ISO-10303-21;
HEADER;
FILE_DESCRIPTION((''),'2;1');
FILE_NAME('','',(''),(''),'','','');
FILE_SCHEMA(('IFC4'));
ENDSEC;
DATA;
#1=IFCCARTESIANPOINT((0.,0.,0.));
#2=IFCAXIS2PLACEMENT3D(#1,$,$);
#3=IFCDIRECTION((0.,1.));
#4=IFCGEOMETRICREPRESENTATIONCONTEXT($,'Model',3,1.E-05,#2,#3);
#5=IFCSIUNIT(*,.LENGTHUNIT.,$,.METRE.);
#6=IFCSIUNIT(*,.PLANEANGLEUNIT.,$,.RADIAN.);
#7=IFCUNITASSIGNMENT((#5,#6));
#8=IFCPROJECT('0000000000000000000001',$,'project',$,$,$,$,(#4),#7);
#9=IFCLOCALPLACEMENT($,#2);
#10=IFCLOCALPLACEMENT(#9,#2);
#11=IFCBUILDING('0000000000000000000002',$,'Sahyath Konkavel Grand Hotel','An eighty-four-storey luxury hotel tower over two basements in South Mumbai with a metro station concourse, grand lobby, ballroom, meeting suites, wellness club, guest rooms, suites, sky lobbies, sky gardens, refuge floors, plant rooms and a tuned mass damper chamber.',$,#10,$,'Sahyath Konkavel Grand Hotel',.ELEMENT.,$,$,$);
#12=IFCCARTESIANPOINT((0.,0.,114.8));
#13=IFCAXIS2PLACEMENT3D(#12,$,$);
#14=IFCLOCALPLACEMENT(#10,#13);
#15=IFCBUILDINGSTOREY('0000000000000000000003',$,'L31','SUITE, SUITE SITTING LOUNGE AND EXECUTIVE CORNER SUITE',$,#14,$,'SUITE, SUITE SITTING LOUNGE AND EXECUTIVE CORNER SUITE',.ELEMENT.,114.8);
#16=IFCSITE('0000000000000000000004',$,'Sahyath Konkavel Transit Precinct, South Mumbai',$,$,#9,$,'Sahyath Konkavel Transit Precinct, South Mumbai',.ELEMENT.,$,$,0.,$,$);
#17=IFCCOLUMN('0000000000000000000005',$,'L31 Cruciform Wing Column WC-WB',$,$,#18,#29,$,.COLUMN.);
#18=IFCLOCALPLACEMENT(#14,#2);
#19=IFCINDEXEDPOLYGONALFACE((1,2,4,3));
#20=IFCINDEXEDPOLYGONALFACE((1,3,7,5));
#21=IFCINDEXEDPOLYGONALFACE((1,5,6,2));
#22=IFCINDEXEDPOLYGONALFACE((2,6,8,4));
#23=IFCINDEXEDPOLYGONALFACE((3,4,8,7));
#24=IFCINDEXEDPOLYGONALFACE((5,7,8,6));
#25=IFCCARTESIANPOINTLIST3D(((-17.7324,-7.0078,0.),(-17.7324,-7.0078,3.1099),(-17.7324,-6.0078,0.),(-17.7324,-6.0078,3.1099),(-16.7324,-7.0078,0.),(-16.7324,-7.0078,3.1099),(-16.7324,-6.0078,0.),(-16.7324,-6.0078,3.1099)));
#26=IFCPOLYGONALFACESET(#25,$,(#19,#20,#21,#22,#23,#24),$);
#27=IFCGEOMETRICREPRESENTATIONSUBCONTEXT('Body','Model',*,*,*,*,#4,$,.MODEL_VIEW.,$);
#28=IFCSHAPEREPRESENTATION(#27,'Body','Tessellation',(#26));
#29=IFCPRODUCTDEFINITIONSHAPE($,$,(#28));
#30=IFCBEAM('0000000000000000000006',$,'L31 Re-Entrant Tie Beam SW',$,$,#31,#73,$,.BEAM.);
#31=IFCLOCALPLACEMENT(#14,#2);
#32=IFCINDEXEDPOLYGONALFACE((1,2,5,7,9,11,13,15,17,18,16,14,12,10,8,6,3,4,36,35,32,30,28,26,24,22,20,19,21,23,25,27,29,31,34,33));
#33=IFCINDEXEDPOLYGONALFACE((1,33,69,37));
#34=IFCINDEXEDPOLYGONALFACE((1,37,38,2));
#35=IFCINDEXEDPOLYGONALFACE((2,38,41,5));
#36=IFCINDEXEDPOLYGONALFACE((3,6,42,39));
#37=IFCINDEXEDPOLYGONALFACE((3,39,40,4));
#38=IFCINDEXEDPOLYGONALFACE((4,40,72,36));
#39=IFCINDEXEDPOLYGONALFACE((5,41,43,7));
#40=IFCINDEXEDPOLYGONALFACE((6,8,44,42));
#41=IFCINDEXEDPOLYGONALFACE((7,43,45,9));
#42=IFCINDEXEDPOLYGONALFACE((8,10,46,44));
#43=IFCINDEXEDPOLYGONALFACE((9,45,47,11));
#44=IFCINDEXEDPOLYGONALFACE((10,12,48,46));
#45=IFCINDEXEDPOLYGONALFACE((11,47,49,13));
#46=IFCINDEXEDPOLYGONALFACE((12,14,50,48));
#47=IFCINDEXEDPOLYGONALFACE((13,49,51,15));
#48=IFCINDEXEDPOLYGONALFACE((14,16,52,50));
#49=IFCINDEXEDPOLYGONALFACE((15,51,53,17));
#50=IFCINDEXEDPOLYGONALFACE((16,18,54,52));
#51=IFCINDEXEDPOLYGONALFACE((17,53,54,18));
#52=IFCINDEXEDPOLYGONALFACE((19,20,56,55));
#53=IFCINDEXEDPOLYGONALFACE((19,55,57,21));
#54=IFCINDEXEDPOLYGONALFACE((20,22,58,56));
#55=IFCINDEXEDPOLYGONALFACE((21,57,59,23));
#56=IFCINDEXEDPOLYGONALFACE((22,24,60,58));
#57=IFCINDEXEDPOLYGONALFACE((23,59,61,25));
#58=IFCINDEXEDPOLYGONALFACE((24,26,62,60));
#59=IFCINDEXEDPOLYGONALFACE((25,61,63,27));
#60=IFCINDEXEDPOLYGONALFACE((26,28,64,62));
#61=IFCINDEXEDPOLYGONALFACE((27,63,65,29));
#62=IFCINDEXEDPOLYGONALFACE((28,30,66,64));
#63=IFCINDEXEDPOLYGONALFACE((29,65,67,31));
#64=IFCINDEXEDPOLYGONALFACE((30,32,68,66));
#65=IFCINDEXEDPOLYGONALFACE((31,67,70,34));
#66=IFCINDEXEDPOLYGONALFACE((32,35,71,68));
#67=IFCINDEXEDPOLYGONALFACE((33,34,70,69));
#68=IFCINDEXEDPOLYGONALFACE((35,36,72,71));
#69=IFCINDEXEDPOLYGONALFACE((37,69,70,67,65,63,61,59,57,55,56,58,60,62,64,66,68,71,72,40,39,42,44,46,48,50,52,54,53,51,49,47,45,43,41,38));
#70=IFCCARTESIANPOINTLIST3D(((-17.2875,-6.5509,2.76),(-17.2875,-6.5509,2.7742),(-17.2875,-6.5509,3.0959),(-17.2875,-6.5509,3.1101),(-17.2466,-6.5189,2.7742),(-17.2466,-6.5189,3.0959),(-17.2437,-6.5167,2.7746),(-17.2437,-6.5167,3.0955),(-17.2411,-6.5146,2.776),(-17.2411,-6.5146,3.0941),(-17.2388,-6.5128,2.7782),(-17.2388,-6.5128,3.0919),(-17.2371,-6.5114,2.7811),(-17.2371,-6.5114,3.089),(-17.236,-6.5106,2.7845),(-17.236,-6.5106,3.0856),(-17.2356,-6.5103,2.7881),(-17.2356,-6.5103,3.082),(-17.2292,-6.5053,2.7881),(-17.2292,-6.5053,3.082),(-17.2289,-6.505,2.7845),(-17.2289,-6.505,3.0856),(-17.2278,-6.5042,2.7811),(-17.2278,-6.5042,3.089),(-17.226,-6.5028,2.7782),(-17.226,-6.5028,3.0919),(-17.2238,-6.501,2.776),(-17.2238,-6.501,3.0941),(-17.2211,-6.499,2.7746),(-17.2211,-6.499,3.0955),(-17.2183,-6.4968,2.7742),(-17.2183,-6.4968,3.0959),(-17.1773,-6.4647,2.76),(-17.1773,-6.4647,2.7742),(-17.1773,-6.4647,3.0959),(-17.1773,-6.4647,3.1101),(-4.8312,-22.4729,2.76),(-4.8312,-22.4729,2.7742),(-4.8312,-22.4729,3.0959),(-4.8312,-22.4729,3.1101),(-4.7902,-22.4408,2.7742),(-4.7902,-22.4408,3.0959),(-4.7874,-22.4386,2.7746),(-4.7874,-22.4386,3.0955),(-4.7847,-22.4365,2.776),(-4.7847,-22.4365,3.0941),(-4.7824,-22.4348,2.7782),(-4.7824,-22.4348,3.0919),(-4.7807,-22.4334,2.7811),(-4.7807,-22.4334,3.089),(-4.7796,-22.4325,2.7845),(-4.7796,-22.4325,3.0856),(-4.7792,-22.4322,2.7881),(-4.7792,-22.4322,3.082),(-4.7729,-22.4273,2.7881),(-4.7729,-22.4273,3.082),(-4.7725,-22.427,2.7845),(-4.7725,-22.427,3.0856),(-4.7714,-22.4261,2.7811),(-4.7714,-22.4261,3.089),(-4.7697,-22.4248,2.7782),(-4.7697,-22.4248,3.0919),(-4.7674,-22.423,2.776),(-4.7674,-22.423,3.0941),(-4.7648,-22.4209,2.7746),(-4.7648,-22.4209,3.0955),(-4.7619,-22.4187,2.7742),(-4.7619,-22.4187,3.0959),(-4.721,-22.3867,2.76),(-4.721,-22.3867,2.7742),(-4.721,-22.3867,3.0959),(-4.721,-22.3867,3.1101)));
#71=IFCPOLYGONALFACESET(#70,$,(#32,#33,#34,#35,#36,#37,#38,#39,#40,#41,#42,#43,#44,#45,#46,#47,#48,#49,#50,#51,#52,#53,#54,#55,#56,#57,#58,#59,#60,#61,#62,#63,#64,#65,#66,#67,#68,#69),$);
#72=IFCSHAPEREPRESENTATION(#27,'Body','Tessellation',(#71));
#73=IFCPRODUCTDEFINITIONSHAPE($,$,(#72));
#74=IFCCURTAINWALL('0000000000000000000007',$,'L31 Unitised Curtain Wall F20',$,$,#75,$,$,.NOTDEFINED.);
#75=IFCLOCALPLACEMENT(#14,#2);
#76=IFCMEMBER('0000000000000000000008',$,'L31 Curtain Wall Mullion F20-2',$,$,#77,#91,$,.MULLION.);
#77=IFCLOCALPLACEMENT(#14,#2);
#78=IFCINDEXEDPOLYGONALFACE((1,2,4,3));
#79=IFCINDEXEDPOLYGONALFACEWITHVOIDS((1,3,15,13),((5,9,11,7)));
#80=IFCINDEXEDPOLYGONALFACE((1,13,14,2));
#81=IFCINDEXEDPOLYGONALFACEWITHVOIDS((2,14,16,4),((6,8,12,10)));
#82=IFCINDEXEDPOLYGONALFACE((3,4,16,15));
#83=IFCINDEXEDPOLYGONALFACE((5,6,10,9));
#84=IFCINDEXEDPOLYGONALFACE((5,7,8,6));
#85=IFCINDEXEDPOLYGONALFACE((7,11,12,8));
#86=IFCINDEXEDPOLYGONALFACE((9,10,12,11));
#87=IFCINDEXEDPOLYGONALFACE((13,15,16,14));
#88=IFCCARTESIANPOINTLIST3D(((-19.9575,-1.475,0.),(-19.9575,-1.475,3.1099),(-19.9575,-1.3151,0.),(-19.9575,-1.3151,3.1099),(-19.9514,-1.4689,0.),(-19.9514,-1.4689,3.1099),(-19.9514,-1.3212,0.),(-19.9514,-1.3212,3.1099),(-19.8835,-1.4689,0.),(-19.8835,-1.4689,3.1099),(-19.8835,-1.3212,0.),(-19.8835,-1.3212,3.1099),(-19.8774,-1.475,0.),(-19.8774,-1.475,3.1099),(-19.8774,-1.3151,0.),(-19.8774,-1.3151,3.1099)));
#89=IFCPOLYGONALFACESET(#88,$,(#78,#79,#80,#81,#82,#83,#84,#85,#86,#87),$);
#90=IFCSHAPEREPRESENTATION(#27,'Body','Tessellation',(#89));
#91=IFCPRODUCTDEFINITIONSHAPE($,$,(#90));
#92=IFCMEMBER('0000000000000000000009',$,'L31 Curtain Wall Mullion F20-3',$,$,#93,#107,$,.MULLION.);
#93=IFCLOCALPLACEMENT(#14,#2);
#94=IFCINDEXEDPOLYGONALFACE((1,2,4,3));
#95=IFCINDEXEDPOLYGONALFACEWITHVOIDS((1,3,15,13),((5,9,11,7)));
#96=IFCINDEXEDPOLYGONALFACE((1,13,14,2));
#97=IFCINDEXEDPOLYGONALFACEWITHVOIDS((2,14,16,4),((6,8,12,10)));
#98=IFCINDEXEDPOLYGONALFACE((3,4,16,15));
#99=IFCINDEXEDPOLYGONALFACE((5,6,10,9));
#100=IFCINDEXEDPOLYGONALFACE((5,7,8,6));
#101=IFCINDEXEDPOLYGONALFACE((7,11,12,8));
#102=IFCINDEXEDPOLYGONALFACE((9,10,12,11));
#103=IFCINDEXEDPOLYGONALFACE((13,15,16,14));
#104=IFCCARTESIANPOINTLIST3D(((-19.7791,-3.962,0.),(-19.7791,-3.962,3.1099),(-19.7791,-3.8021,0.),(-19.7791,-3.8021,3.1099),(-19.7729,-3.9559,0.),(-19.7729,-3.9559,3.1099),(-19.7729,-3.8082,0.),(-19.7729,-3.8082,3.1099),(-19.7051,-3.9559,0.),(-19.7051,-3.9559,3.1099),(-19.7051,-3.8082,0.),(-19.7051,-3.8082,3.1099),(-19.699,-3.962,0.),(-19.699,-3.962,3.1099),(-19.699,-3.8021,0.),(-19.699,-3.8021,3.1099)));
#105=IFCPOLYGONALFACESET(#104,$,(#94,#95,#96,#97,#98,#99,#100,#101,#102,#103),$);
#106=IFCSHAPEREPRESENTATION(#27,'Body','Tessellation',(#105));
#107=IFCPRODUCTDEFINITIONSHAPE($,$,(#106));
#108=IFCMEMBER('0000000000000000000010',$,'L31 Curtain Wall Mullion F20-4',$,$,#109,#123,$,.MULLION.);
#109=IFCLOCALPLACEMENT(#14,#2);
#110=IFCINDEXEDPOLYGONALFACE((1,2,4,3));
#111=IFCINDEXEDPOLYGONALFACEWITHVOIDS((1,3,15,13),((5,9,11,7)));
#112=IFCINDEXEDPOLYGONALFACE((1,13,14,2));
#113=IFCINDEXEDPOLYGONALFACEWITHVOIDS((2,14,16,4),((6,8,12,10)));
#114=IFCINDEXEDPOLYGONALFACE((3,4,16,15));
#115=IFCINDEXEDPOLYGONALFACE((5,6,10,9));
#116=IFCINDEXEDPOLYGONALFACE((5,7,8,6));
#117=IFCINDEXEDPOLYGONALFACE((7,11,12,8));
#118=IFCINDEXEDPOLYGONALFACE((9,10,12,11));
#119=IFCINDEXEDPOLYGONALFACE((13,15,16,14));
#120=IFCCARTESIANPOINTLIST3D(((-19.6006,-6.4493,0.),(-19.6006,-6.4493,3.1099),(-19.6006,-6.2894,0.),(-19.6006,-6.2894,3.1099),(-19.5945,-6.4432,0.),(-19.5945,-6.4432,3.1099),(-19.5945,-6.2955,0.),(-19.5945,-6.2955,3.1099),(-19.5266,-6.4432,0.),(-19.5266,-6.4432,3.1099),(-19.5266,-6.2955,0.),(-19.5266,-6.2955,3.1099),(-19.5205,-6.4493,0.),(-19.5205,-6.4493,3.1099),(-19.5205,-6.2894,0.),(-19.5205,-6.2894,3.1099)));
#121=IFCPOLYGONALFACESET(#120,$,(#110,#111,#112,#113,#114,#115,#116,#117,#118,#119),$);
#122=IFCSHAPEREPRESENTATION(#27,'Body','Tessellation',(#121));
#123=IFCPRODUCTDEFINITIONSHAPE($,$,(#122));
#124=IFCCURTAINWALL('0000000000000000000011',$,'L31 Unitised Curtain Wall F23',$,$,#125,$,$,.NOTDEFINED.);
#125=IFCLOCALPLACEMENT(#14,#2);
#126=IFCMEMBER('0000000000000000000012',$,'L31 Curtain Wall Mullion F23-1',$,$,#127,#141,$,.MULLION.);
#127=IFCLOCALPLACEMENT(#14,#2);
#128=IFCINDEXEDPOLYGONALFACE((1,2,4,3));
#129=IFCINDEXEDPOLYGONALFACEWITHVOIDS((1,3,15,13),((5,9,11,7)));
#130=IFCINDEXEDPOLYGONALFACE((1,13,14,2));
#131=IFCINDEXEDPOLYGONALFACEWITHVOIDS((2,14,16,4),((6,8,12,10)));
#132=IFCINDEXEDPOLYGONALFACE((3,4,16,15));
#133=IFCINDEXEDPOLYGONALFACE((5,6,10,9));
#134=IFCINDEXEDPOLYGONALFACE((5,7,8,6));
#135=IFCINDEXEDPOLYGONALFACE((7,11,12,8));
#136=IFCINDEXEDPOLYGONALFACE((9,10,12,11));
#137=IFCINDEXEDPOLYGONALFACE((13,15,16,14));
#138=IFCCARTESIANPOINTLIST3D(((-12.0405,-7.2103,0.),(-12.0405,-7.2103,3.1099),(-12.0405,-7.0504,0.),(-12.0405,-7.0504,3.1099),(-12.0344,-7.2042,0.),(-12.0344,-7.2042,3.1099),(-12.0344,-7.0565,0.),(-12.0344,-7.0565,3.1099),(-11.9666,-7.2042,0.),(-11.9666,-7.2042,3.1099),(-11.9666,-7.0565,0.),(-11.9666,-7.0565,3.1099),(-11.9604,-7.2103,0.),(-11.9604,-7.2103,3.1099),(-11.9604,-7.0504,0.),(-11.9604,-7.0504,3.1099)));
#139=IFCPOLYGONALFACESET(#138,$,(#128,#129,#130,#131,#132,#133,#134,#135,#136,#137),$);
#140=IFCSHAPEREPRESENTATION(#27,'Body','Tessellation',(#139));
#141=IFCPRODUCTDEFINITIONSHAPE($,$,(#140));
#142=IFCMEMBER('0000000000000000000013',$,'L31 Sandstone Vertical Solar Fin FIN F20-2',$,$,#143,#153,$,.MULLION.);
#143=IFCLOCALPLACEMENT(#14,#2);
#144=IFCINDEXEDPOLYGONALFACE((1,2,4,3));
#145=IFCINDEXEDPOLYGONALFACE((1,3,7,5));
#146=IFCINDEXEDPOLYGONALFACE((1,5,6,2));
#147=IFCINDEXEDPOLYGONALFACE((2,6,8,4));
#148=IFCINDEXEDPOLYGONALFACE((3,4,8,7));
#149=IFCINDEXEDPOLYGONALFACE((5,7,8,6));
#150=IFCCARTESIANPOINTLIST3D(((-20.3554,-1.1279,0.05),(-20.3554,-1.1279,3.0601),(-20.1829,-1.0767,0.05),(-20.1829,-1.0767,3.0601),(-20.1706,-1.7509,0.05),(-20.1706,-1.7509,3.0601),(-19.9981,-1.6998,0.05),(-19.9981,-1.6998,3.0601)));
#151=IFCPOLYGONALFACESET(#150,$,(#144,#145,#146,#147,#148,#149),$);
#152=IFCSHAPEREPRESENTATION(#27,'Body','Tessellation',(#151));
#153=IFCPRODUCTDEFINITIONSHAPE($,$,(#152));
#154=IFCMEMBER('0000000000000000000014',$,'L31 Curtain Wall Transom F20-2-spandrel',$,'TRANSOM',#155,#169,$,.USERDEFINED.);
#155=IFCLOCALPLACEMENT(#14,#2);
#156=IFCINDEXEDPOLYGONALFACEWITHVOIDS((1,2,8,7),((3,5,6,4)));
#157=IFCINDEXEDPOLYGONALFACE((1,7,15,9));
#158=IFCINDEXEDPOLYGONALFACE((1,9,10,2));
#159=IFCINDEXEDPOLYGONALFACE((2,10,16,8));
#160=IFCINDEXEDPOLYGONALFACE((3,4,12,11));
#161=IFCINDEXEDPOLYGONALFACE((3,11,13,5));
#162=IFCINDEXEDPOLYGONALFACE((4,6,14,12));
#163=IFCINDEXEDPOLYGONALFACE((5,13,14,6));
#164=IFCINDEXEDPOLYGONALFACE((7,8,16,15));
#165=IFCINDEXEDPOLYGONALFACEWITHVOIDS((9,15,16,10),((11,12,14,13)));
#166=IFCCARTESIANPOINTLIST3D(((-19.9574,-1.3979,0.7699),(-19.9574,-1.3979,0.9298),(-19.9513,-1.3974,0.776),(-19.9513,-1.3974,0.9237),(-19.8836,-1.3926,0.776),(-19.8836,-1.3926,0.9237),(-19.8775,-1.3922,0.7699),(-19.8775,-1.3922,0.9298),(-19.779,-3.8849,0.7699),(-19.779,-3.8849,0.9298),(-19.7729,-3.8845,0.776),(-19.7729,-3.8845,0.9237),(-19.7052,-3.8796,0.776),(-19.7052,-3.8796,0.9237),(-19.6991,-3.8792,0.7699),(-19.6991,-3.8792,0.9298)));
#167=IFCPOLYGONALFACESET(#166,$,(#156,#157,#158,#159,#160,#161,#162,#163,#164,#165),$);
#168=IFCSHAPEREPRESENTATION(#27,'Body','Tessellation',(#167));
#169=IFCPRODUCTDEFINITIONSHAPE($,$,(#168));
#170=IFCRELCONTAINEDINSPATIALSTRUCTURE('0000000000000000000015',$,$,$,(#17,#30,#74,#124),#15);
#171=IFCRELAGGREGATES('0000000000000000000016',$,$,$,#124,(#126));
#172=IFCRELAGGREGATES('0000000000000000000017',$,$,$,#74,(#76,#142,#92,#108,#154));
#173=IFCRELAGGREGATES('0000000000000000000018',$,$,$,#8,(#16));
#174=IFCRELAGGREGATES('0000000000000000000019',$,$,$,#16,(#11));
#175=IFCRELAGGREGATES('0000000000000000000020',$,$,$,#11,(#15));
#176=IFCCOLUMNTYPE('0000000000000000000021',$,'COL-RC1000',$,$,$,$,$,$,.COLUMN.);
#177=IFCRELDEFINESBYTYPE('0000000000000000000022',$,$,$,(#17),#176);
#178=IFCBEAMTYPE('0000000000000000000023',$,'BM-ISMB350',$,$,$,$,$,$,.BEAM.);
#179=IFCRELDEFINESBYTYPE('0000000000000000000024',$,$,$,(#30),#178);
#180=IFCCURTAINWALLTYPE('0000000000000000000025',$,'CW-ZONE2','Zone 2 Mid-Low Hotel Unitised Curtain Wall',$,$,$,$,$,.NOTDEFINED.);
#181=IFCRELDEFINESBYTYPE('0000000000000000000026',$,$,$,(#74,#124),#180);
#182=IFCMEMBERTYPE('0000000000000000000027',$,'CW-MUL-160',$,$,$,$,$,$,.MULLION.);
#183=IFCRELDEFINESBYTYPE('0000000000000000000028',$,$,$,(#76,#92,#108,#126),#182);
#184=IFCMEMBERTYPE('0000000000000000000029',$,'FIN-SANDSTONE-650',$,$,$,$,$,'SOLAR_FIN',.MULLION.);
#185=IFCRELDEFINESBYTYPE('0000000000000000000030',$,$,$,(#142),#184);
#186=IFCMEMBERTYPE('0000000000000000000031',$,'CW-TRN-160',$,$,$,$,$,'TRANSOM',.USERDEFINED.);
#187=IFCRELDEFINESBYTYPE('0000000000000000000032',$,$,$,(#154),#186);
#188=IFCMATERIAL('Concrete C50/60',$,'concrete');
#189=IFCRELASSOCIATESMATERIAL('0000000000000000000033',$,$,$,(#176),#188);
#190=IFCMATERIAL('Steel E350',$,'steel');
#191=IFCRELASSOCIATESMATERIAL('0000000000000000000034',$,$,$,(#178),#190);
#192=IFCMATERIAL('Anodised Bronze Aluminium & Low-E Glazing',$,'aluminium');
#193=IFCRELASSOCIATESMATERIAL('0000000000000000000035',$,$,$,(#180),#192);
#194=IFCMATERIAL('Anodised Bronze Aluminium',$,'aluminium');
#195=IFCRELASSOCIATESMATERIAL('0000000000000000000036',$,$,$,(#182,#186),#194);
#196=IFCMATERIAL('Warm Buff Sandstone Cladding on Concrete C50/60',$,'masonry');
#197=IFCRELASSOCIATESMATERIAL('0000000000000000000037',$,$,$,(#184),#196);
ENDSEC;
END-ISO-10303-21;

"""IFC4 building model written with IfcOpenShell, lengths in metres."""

from ifc_helpers import new_model, si_unit, direction, frame, origin, origin_2d, place, context, subcontext, project, spatial, rectangle, hollow_rectangle, i_section, extrude, source, transform, mapped, material, material_profile, profile_set, type_object, element, aggregate, save


model = new_model("IFC4")

# Units and contexts
model_context = context("Model", 3, precision=1e-05, world=origin(), true_north=direction((0.0, 1.0)))
body_context = subcontext(model_context, "Body", "Model", "MODEL_VIEW")
ifc_project = project(units=[si_unit("LENGTHUNIT", "METRE"), si_unit("PLANEANGLEUNIT", "RADIAN")], contexts=[model_context])

# Site, building, storey
site_placement = place(None, origin())
site = spatial("IfcSite", under=ifc_project, at=site_placement, Name="Sahyath Konkavel Transit Precinct, South Mumbai", LongName="Sahyath Konkavel Transit Precinct, South Mumbai", CompositionType="ELEMENT", RefElevation=0.0)
building_placement = place(site_placement, origin())
building = spatial("IfcBuilding", under=site, at=building_placement, Name="Sahyath Konkavel Grand Hotel", Description="An eighty-four-storey luxury hotel tower over two basements in South Mumbai with a metro station concourse, grand lobby, ballroom, meeting suites, wellness club, guest rooms, suites, sky lobbies, sky gardens, refuge floors, plant rooms and a tuned mass damper chamber.", LongName="Sahyath Konkavel Grand Hotel", CompositionType="ELEMENT")
storey_placement = place(building_placement, frame((0.0, 0.0, 114.8)))
storey = spatial("IfcBuildingStorey", under=building, at=storey_placement, Name="L31", Description="SUITE, SUITE SITTING LOUNGE AND EXECUTIVE CORNER SUITE", LongName="SUITE, SUITE SITTING LOUNGE AND EXECUTIVE CORNER SUITE", CompositionType="ELEMENT", Elevation=114.8)

# Column
ifc_material_1 = material(Name="Concrete C50/60", Category="concrete")
ifc_material_profile_1 = material_profile(ifc_material_1, rectangle(XDim=1.0, YDim=1.0, at=origin_2d()), Name="RC 1000x1000")
ifc_profile_set_1 = profile_set([ifc_material_profile_1], Name="Concrete C50/60")
column_type = type_object("IfcColumnType", Name="COL-RC1000", PredefinedType="COLUMN", material=ifc_profile_set_1)
shared_shape_1 = source(origin(), body_context, "Body", "SweptSolid", [
    extrude(rectangle(XDim=1.0, YDim=1.0, at=origin_2d()), origin(), (0.0, 0.0, 1.0), 3.1099),
])
column_placement = place(storey_placement, frame((-17.2324, -6.5078, 0.0), z_axis=(0.0, 0.0, 1.0), x_axis=(1.0, 0.0, 0.0)))
element("IfcColumn", 1, at=column_placement, inside=storey, type_object=column_type, Name="L31 Cruciform Wing Column WC-WB", PredefinedType="COLUMN", context=body_context, shape_type="MappedRepresentation", body=[
    mapped(shared_shape_1, transform((0.0, 0.0, 0.0), scale=1.0)),
])

# Beam
ifc_material_2 = material(Name="Steel E350", Category="steel")
ifc_material_profile_2 = material_profile(ifc_material_2, i_section(OverallWidth=0.1399, OverallDepth=0.3501, WebThickness=0.0081, FlangeThickness=0.0142, FilletRadius=0.0139, at=origin_2d()), Name="ISMB 350")
ifc_profile_set_2 = profile_set([ifc_material_profile_2], Name="Steel E350")
beam_type_1 = type_object("IfcBeamType", Name="BM-ISMB350", PredefinedType="BEAM", material=ifc_profile_set_2)
shared_shape_2 = source(origin(), body_context, "Body", "SweptSolid", [
    extrude(i_section(OverallWidth=0.1399, OverallDepth=0.3501, WebThickness=0.0081, FlangeThickness=0.0142, FilletRadius=0.0139, at=origin_2d()), origin(), (0.0, 0.0, 1.0), 20.2156),
])
beam_1_placement = place(storey_placement, frame((-17.2324, -6.5078, 2.9351), z_axis=(0.616176, -0.787608, 0.0), x_axis=(0.787608, 0.616176, 0.0)))
element("IfcBeam", 2, at=beam_1_placement, inside=storey, type_object=beam_type_1, Name="L31 Re-Entrant Tie Beam SW", PredefinedType="BEAM", context=body_context, shape_type="MappedRepresentation", body=[
    mapped(shared_shape_2, transform((0.0, 0.0, 0.0), scale=1.0)),
])

# Curtain wall, members
ifc_material_3 = material(Name="Anodised Bronze Aluminium & Low-E Glazing", Category="aluminium")
curtain_wall_type = type_object("IfcCurtainWallType", Name="CW-ZONE2", Description="Zone 2 Mid-Low Hotel Unitised Curtain Wall", PredefinedType="NOTDEFINED", material=ifc_material_3)
curtain_wall_1_placement = place(storey_placement, origin())
curtain_wall_1 = element("IfcCurtainWall", 3, at=curtain_wall_1_placement, inside=storey, type_object=curtain_wall_type, Name="L31 Unitised Curtain Wall F20", PredefinedType="NOTDEFINED")
ifc_material_4 = material(Name="Anodised Bronze Aluminium", Category="aluminium")
ifc_material_profile_3 = material_profile(ifc_material_4, hollow_rectangle(XDim=0.0801, YDim=0.1599, WallThickness=0.0061, at=origin_2d()), Name="RHS 160x80x6")
ifc_profile_set_3 = profile_set([ifc_material_profile_3], Name="Anodised Bronze Aluminium")
member_type_1 = type_object("IfcMemberType", Name="CW-MUL-160", PredefinedType="MULLION", material=ifc_profile_set_3)
shared_shape_3 = source(origin(), body_context, "Body", "SweptSolid", [
    extrude(hollow_rectangle(XDim=0.0801, YDim=0.1599, WallThickness=0.0061, at=origin_2d()), origin(), (0.0, 0.0, 1.0), 3.1099),
])
member_1_placement = place(storey_placement, frame((-19.9175, -1.395, 0.0), z_axis=(0.0, 0.0, 1.0), x_axis=(1.0, 0.0, 0.0)))
member_1 = element("IfcMember", 4, at=member_1_placement, type_object=member_type_1, Name="L31 Curtain Wall Mullion F20-2", PredefinedType="MULLION", context=body_context, shape_type="MappedRepresentation", body=[
    mapped(shared_shape_3, transform((0.0, 0.0, 0.0), scale=1.0)),
])
member_2_placement = place(storey_placement, frame((-19.739, -3.8821, 0.0), z_axis=(0.0, 0.0, 1.0), x_axis=(1.0, 0.0, 0.0)))
member_2 = element("IfcMember", 5, at=member_2_placement, type_object=member_type_1, Name="L31 Curtain Wall Mullion F20-3", PredefinedType="MULLION", context=body_context, shape_type="MappedRepresentation", body=[
    mapped(shared_shape_3, transform((0.0, 0.0, 0.0), scale=1.0)),
])
member_3_placement = place(storey_placement, frame((-19.5605, -6.3694, 0.0), z_axis=(0.0, 0.0, 1.0), x_axis=(1.0, 0.0, 0.0)))
member_3 = element("IfcMember", 6, at=member_3_placement, type_object=member_type_1, Name="L31 Curtain Wall Mullion F20-4", PredefinedType="MULLION", context=body_context, shape_type="MappedRepresentation", body=[
    mapped(shared_shape_3, transform((0.0, 0.0, 0.0), scale=1.0)),
])

# Curtain wall, member
curtain_wall_2_placement = place(storey_placement, origin())
curtain_wall_2 = element("IfcCurtainWall", 7, at=curtain_wall_2_placement, inside=storey, type_object=curtain_wall_type, Name="L31 Unitised Curtain Wall F23", PredefinedType="NOTDEFINED")
member_4_placement = place(storey_placement, frame((-12.0005, -7.1304, 0.0), z_axis=(0.0, 0.0, 1.0), x_axis=(1.0, 0.0, 0.0)))
member_4 = element("IfcMember", 8, at=member_4_placement, type_object=member_type_1, Name="L31 Curtain Wall Mullion F23-1", PredefinedType="MULLION", context=body_context, shape_type="MappedRepresentation", body=[
    mapped(shared_shape_3, transform((0.0, 0.0, 0.0), scale=1.0)),
])

# Members
ifc_material_5 = material(Name="Warm Buff Sandstone Cladding on Concrete C50/60", Category="masonry")
ifc_material_profile_4 = material_profile(ifc_material_5, rectangle(XDim=0.1799, YDim=0.6499, at=origin_2d()), Name="FIN 180x650")
ifc_profile_set_4 = profile_set([ifc_material_profile_4], Name="Warm Buff Sandstone Cladding on Concrete C50/60")
member_type_2 = type_object("IfcMemberType", Name="FIN-SANDSTONE-650", ElementType="SOLAR_FIN", PredefinedType="MULLION", material=ifc_profile_set_4)
shared_shape_4 = source(origin(), body_context, "Body", "SweptSolid", [
    extrude(rectangle(XDim=0.1799, YDim=0.6499, at=origin_2d()), origin(), (0.0, 0.0, 1.0), 3.01),
])
member_5_placement = place(storey_placement, frame((-20.1768, -1.4138, 0.05), z_axis=(0.0, 0.0, 1.0), x_axis=(0.958721, 0.28435, 0.0)))
member_5 = element("IfcMember", 9, at=member_5_placement, type_object=member_type_2, Name="L31 Sandstone Vertical Solar Fin FIN F20-2", PredefinedType="MULLION", context=body_context, shape_type="MappedRepresentation", body=[
    mapped(shared_shape_4, transform((0.0, 0.0, 0.0), scale=1.0)),
])
ifc_material_profile_5 = material_profile(ifc_material_4, hollow_rectangle(XDim=0.0801, YDim=0.1599, WallThickness=0.0061, at=origin_2d()), Name="RHS 160x80x6")
ifc_profile_set_5 = profile_set([ifc_material_profile_5], Name="Anodised Bronze Aluminium")
member_type_3 = type_object("IfcMemberType", Name="CW-TRN-160", ElementType="TRANSOM", PredefinedType="USERDEFINED", material=ifc_profile_set_5)
shared_shape_5 = source(origin(), body_context, "Body", "SweptSolid", [
    extrude(hollow_rectangle(XDim=0.0801, YDim=0.1599, WallThickness=0.0061, at=origin_2d()), origin(), (0.0, 0.0, 1.0), 2.4934),
])
member_6_placement = place(storey_placement, frame((-19.9175, -1.395, 0.8499), z_axis=(0.071574, -0.997435, 0.0), x_axis=(0.997435, 0.071574, 0.0)))
member_6 = element("IfcMember", 10, at=member_6_placement, type_object=member_type_3, Name="L31 Curtain Wall Transom F20-2-spandrel", ObjectType="TRANSOM", PredefinedType="USERDEFINED", context=body_context, shape_type="MappedRepresentation", body=[
    mapped(shared_shape_5, transform((0.0, 0.0, 0.0), scale=1.0)),
])
aggregate(curtain_wall_2, [member_4])

aggregate(curtain_wall_1, [member_1, member_5, member_2, member_3, member_6])

save(model, "model.ifc")
